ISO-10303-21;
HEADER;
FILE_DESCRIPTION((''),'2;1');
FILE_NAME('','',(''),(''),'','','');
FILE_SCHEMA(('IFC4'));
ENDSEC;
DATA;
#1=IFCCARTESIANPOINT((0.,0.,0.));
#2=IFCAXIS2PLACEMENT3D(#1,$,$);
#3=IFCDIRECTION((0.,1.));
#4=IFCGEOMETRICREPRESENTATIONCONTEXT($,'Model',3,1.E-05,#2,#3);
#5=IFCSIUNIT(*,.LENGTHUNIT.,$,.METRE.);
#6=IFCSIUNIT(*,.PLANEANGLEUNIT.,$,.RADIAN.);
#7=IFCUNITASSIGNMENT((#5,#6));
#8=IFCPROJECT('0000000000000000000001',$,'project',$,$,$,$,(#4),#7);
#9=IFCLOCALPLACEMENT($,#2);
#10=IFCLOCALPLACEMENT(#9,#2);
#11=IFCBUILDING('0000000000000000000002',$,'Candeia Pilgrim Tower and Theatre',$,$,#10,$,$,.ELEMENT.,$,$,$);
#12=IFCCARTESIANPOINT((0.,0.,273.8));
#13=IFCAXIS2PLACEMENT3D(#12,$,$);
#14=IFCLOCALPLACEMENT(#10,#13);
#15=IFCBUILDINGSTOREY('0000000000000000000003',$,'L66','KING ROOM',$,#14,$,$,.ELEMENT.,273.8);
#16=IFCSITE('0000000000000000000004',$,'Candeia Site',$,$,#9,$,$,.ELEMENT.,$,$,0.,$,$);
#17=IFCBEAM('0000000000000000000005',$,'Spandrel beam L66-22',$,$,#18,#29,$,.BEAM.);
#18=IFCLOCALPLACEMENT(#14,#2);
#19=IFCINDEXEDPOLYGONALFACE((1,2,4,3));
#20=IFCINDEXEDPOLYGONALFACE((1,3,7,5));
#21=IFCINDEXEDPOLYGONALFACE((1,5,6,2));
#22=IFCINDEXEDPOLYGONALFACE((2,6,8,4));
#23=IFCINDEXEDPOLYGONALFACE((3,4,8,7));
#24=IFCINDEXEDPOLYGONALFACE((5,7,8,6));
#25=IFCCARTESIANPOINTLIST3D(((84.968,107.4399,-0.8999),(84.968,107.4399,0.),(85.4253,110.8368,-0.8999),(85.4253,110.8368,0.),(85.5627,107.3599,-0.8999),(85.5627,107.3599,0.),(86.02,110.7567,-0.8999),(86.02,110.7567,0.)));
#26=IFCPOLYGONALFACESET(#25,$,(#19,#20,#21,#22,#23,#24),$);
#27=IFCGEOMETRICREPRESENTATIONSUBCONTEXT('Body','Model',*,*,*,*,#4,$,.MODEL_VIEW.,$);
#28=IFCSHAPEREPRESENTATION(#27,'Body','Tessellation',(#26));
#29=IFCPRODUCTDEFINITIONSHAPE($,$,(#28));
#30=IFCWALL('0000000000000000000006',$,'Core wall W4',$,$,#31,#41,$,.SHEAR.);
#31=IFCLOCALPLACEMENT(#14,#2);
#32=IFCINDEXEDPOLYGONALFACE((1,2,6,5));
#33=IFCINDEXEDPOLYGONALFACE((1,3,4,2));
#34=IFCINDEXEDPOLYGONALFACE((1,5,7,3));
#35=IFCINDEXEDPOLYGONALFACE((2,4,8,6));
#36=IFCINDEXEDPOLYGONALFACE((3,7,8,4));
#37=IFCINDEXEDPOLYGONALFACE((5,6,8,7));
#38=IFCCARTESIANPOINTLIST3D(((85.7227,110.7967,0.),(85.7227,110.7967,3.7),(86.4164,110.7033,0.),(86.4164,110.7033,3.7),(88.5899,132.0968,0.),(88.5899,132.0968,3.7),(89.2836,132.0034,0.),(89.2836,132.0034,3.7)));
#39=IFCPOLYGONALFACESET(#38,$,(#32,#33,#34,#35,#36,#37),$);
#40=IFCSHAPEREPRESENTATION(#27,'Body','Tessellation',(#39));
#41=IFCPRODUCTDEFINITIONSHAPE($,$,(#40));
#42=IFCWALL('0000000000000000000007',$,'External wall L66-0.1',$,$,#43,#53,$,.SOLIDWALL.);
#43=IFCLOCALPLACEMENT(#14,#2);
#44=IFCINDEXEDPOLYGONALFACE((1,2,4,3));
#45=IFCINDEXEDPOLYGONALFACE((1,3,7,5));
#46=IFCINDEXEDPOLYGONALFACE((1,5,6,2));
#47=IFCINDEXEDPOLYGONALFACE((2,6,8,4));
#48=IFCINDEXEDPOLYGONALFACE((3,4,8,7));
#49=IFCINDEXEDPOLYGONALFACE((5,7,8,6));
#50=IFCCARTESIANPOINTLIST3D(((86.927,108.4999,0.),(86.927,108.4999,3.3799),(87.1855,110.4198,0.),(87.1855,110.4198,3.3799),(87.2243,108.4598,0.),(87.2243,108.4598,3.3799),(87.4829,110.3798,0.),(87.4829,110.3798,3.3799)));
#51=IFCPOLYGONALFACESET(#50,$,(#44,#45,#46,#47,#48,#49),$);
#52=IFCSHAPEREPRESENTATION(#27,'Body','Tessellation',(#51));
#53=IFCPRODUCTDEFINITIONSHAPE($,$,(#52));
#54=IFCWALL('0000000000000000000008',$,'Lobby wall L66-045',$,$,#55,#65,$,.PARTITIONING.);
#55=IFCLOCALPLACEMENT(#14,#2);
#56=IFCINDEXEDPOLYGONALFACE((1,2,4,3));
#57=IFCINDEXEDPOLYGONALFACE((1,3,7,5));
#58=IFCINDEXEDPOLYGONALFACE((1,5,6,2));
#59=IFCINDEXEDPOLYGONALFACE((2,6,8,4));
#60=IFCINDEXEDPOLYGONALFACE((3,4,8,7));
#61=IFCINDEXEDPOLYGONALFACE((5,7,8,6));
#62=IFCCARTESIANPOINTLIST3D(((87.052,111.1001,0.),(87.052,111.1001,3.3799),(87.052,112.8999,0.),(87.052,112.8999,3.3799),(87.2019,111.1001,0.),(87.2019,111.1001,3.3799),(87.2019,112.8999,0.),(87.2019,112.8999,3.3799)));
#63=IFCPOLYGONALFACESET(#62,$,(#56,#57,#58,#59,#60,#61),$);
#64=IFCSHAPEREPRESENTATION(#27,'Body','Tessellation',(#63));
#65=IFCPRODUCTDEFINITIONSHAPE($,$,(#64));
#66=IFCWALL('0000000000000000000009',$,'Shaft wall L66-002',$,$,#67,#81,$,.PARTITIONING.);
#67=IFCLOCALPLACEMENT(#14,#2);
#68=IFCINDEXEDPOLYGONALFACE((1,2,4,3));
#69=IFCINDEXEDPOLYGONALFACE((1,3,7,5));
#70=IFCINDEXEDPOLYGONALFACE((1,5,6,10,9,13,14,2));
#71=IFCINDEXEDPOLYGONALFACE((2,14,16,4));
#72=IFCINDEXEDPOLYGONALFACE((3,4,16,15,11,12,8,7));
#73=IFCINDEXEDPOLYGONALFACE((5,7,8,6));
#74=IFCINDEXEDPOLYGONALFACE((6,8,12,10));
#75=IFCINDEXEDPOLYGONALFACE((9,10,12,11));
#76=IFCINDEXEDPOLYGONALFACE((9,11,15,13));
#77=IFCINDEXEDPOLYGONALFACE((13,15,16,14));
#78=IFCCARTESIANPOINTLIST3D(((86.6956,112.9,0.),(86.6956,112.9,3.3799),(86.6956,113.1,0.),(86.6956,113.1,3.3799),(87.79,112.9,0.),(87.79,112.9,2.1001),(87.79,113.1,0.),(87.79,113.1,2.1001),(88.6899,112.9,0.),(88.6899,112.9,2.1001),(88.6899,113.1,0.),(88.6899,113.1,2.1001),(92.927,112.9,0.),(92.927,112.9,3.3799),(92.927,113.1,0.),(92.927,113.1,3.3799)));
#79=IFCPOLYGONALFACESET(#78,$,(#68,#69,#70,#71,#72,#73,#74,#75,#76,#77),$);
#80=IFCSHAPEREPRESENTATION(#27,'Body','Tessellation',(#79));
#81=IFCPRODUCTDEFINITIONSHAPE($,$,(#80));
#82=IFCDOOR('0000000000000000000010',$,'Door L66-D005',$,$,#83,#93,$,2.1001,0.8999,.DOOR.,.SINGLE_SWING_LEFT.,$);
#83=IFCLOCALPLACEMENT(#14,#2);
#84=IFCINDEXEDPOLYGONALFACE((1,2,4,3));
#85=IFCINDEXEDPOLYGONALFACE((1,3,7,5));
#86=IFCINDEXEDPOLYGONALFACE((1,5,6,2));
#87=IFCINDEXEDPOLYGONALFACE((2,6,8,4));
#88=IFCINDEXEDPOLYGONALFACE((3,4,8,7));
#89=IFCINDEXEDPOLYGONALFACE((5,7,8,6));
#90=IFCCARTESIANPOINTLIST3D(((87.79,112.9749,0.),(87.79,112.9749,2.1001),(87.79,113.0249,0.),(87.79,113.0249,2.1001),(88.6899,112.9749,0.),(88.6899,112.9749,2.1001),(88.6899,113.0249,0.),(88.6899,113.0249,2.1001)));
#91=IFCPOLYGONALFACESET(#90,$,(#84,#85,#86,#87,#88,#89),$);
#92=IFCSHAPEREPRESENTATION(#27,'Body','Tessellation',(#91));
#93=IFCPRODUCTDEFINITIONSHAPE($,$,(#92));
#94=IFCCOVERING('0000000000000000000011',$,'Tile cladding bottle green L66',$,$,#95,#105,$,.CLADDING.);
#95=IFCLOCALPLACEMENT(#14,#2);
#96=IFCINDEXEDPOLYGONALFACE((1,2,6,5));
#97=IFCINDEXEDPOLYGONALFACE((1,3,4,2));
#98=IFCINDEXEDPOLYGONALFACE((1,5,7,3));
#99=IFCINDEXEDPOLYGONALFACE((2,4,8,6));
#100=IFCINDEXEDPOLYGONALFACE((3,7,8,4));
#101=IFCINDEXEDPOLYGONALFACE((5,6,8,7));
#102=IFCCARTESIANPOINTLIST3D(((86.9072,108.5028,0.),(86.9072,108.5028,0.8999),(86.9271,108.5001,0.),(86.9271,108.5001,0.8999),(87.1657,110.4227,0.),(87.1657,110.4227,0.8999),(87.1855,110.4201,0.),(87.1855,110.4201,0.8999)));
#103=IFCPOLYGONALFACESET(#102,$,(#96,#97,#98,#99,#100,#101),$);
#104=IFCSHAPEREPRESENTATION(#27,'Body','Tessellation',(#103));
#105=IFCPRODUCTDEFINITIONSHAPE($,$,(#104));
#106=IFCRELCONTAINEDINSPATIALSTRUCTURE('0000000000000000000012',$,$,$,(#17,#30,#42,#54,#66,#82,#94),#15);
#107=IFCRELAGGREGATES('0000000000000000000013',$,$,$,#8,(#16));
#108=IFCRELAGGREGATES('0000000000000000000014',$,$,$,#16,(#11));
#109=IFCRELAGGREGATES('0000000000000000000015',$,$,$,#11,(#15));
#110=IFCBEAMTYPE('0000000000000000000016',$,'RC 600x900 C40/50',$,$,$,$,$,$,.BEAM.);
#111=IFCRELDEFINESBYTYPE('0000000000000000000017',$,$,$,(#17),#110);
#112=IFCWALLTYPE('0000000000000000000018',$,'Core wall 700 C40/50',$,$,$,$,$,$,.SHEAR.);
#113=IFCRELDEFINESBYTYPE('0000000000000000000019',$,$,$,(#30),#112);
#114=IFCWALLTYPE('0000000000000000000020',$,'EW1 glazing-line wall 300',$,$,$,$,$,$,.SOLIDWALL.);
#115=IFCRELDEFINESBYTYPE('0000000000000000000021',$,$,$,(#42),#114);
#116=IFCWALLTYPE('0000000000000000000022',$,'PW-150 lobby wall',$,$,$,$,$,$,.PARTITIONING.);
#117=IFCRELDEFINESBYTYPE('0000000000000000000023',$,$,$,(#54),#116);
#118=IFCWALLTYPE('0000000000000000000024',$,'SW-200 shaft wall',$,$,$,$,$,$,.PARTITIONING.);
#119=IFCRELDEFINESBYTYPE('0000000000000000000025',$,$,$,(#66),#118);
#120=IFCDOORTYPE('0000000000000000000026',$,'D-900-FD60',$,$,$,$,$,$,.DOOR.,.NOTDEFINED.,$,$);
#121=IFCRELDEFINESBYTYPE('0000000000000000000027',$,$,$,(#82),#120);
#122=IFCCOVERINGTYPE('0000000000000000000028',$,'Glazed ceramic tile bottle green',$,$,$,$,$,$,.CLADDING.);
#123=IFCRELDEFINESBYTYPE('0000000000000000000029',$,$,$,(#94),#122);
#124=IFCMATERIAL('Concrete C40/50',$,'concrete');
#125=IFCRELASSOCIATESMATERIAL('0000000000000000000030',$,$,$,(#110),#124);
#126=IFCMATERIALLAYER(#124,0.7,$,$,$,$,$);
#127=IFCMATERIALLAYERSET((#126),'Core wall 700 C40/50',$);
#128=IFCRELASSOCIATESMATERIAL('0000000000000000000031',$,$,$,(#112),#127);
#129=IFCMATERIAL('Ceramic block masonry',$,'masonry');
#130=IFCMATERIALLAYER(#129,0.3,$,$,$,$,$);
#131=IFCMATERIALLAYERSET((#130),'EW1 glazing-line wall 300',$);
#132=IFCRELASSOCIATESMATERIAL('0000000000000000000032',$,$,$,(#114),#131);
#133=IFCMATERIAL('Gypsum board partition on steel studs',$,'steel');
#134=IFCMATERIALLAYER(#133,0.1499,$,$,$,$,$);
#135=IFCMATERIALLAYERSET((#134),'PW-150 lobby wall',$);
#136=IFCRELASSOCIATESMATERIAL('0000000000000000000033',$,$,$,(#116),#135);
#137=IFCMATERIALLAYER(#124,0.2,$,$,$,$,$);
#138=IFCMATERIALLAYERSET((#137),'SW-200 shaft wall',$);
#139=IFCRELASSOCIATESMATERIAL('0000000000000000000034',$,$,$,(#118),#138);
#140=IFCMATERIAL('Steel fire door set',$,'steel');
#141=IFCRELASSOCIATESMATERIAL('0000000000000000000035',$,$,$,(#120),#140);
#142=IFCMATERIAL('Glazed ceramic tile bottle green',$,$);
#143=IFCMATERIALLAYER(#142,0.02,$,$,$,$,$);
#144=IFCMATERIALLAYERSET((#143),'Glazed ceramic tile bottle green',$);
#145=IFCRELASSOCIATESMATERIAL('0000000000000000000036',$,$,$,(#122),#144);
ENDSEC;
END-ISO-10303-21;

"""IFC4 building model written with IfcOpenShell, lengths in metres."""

from ifc_helpers import new_model, si_unit, direction, frame, frame_2d, origin, origin_2d, place, context, subcontext, project, spatial, rectangle, extrude, material, layer, layer_set, material_profile, profile_set, type_object, element, fill, save


model = new_model("IFC4")

# Units and contexts
model_context = context("Model", 3, precision=1e-05, world=origin(), true_north=direction((0.0, 1.0)))
body_context = subcontext(model_context, "Body", "Model", "MODEL_VIEW")
ifc_project = project(units=[si_unit("LENGTHUNIT", "METRE"), si_unit("PLANEANGLEUNIT", "RADIAN")], contexts=[model_context])

# Site, building, storey
site_placement = place(None, origin())
site = spatial("IfcSite", under=ifc_project, at=site_placement, Name="Candeia Site", CompositionType="ELEMENT", RefElevation=0.0)
building_placement = place(site_placement, origin())
building = spatial("IfcBuilding", under=site, at=building_placement, Name="Candeia Pilgrim Tower and Theatre", CompositionType="ELEMENT")
storey_placement = place(building_placement, frame((0.0, 0.0, 273.8)))
storey = spatial("IfcBuildingStorey", under=building, at=storey_placement, Name="L66", Description="KING ROOM", CompositionType="ELEMENT", Elevation=273.8)

# Beam
ifc_material_1 = material(Name="Concrete C40/50", Category="concrete")
ifc_material_profile = material_profile(ifc_material_1, rectangle(XDim=0.6001, YDim=0.8999, at=origin_2d()))
ifc_profile_set = profile_set([ifc_material_profile], Name="Concrete C40/50")
beam_type = type_object("IfcBeamType", Name="RC 600x900 C40/50", PredefinedType="BEAM", material=ifc_profile_set)
beam_placement = place(storey_placement, frame((85.2654, 107.3999, -0.45), z_axis=(0.133419, 0.99106, 0.0), x_axis=(-0.99106, 0.133419, 0.0)))
element("IfcBeam", 1, at=beam_placement, inside=storey, type_object=beam_type, Name="Spandrel beam L66-22", PredefinedType="BEAM", context=body_context, shape_type="SweptSolid", body=[
    extrude(rectangle(XDim=0.6001, YDim=0.8999, at=origin_2d()), origin(), (0.0, 0.0, 1.0), 3.4275),
])

# Walls
ifc_layer_1 = layer(ifc_material_1, 0.7)
ifc_layer_set_1 = layer_set([ifc_layer_1], Name="Core wall 700 C40/50")
wall_type_1 = type_object("IfcWallType", Name="Core wall 700 C40/50", PredefinedType="SHEAR", material=ifc_layer_set_1)
wall_1_placement = place(storey_placement, frame((86.0696, 110.75, 0.0), z_axis=(0.0, 0.0, 1.0), x_axis=(0.133406, 0.991061, 0.0)))
element("IfcWall", 2, at=wall_1_placement, inside=storey, type_object=wall_type_1, Name="Core wall W4", PredefinedType="SHEAR", context=body_context, shape_type="SweptSolid", body=[
    extrude(rectangle(XDim=21.4922, YDim=0.7, at=frame_2d((10.7461, 0.0))), origin(), (0.0, 0.0, 1.0), 3.7),
])
ifc_material_2 = material(Name="Ceramic block masonry", Category="masonry")
ifc_layer_2 = layer(ifc_material_2, 0.3)
ifc_layer_set_2 = layer_set([ifc_layer_2], Name="EW1 glazing-line wall 300")
wall_type_2 = type_object("IfcWallType", Name="EW1 glazing-line wall 300", PredefinedType="SOLIDWALL", material=ifc_layer_set_2)
wall_2_placement = place(storey_placement, frame((87.3342, 110.3999, 0.0), z_axis=(0.0, 0.0, 1.0), x_axis=(-0.13346, -0.991054, 0.0)))
element("IfcWall", 3, at=wall_2_placement, inside=storey, type_object=wall_type_2, Name="External wall L66-0.1", PredefinedType="SOLIDWALL", context=body_context, shape_type="SweptSolid", body=[
    extrude(rectangle(XDim=1.9373, YDim=0.3, at=frame_2d((0.9688, 0.0))), origin(), (0.0, 0.0, 1.0), 3.3799),
])

# Wall
ifc_material_3 = material(Name="Gypsum board partition on steel studs", Category="steel")
ifc_layer_3 = layer(ifc_material_3, 0.1499)
ifc_layer_set_3 = layer_set([ifc_layer_3], Name="PW-150 lobby wall")
wall_type_3 = type_object("IfcWallType", Name="PW-150 lobby wall", PredefinedType="PARTITIONING", material=ifc_layer_set_3)
wall_3_placement = place(storey_placement, frame((87.127, 111.1001, 0.0), z_axis=(0.0, 0.0, 1.0), x_axis=(0.0, 1.0, 0.0)))
element("IfcWall", 4, at=wall_3_placement, inside=storey, type_object=wall_type_3, Name="Lobby wall L66-045", PredefinedType="PARTITIONING", context=body_context, shape_type="SweptSolid", body=[
    extrude(rectangle(XDim=1.7998, YDim=0.1499, at=frame_2d((0.8999, 0.0))), origin(), (0.0, 0.0, 1.0), 3.3799),
])

# Wall, opening, door
ifc_layer_4 = layer(ifc_material_1, 0.2)
ifc_layer_set_4 = layer_set([ifc_layer_4], Name="SW-200 shaft wall")
wall_type_4 = type_object("IfcWallType", Name="SW-200 shaft wall", PredefinedType="PARTITIONING", material=ifc_layer_set_4)
wall_4_placement = place(storey_placement, frame((86.6956, 113.0, 0.0), z_axis=(0.0, 0.0, 1.0), x_axis=(1.0, 0.0, 0.0)))
wall_4 = element("IfcWall", 5, at=wall_4_placement, inside=storey, type_object=wall_type_4, Name="Shaft wall L66-002", PredefinedType="PARTITIONING", context=body_context, shape_type="SweptSolid", body=[
    extrude(rectangle(XDim=6.2314, YDim=0.2, at=frame_2d((3.1157, 0.0))), origin(), (0.0, 0.0, 1.0), 3.3799),
])
opening_1_placement = place(wall_4_placement, frame((1.0945, 0.0, 0.0)))
opening_1 = element("IfcOpeningElement", 6, at=opening_1_placement, cuts=wall_4, PredefinedType="OPENING", context=body_context, shape_type="SweptSolid", body=[
    extrude(rectangle(XDim=0.8999, YDim=2.1001, at=frame_2d((0.45, 1.05))), frame((0.0, 0.1099, 0.0), z_axis=(0.0, -1.0, 0.0), x_axis=(1.0, 0.0, 0.0)), (0.0, 0.0, 1.0), 0.22),
])
ifc_material_4 = material(Name="Steel fire door set", Category="steel")
door_type_1 = type_object("IfcDoorType", Name="D-900-FD60", OperationType="NOTDEFINED", PredefinedType="DOOR", material=ifc_material_4)
door_1_placement = place(opening_1_placement, origin())
door_1 = element("IfcDoor", 7, at=door_1_placement, inside=storey, type_object=door_type_1, Name="Door L66-D005", OperationType="SINGLE_SWING_LEFT", OverallHeight=2.1001, OverallWidth=0.8999, PredefinedType="DOOR", context=body_context, shape_type="SweptSolid", body=[
    extrude(rectangle(XDim=0.8999, YDim=2.1001, at=frame_2d((0.45, 1.05))), frame((0.0, 0.0249, 0.0), z_axis=(0.0, -1.0, 0.0), x_axis=(1.0, 0.0, 0.0)), (0.0, 0.0, 1.0), 0.05),
])
fill(opening_1, door_1)

# Covering
ifc_material_5 = material(Name="Glazed ceramic tile bottle green")
ifc_layer_5 = layer(ifc_material_5, 0.02)
ifc_layer_set_5 = layer_set([ifc_layer_5], Name="Glazed ceramic tile bottle green")
covering_type = type_object("IfcCoveringType", Name="Glazed ceramic tile bottle green", PredefinedType="CLADDING", material=ifc_layer_set_5)
covering_placement = place(storey_placement, frame((87.0464, 109.4614, 0.0), z_axis=(0.0, 0.0, 1.0), x_axis=(-0.133412, -0.991061, 0.0)))
element("IfcCovering", 8, at=covering_placement, inside=storey, type_object=covering_type, Name="Tile cladding bottle green L66", PredefinedType="CLADDING", context=body_context, shape_type="SweptSolid", body=[
    extrude(rectangle(XDim=1.9373, YDim=0.02, at=origin_2d()), origin(), (0.0, 0.0, 1.0), 0.8999),
])

save(model, "model.ifc")
